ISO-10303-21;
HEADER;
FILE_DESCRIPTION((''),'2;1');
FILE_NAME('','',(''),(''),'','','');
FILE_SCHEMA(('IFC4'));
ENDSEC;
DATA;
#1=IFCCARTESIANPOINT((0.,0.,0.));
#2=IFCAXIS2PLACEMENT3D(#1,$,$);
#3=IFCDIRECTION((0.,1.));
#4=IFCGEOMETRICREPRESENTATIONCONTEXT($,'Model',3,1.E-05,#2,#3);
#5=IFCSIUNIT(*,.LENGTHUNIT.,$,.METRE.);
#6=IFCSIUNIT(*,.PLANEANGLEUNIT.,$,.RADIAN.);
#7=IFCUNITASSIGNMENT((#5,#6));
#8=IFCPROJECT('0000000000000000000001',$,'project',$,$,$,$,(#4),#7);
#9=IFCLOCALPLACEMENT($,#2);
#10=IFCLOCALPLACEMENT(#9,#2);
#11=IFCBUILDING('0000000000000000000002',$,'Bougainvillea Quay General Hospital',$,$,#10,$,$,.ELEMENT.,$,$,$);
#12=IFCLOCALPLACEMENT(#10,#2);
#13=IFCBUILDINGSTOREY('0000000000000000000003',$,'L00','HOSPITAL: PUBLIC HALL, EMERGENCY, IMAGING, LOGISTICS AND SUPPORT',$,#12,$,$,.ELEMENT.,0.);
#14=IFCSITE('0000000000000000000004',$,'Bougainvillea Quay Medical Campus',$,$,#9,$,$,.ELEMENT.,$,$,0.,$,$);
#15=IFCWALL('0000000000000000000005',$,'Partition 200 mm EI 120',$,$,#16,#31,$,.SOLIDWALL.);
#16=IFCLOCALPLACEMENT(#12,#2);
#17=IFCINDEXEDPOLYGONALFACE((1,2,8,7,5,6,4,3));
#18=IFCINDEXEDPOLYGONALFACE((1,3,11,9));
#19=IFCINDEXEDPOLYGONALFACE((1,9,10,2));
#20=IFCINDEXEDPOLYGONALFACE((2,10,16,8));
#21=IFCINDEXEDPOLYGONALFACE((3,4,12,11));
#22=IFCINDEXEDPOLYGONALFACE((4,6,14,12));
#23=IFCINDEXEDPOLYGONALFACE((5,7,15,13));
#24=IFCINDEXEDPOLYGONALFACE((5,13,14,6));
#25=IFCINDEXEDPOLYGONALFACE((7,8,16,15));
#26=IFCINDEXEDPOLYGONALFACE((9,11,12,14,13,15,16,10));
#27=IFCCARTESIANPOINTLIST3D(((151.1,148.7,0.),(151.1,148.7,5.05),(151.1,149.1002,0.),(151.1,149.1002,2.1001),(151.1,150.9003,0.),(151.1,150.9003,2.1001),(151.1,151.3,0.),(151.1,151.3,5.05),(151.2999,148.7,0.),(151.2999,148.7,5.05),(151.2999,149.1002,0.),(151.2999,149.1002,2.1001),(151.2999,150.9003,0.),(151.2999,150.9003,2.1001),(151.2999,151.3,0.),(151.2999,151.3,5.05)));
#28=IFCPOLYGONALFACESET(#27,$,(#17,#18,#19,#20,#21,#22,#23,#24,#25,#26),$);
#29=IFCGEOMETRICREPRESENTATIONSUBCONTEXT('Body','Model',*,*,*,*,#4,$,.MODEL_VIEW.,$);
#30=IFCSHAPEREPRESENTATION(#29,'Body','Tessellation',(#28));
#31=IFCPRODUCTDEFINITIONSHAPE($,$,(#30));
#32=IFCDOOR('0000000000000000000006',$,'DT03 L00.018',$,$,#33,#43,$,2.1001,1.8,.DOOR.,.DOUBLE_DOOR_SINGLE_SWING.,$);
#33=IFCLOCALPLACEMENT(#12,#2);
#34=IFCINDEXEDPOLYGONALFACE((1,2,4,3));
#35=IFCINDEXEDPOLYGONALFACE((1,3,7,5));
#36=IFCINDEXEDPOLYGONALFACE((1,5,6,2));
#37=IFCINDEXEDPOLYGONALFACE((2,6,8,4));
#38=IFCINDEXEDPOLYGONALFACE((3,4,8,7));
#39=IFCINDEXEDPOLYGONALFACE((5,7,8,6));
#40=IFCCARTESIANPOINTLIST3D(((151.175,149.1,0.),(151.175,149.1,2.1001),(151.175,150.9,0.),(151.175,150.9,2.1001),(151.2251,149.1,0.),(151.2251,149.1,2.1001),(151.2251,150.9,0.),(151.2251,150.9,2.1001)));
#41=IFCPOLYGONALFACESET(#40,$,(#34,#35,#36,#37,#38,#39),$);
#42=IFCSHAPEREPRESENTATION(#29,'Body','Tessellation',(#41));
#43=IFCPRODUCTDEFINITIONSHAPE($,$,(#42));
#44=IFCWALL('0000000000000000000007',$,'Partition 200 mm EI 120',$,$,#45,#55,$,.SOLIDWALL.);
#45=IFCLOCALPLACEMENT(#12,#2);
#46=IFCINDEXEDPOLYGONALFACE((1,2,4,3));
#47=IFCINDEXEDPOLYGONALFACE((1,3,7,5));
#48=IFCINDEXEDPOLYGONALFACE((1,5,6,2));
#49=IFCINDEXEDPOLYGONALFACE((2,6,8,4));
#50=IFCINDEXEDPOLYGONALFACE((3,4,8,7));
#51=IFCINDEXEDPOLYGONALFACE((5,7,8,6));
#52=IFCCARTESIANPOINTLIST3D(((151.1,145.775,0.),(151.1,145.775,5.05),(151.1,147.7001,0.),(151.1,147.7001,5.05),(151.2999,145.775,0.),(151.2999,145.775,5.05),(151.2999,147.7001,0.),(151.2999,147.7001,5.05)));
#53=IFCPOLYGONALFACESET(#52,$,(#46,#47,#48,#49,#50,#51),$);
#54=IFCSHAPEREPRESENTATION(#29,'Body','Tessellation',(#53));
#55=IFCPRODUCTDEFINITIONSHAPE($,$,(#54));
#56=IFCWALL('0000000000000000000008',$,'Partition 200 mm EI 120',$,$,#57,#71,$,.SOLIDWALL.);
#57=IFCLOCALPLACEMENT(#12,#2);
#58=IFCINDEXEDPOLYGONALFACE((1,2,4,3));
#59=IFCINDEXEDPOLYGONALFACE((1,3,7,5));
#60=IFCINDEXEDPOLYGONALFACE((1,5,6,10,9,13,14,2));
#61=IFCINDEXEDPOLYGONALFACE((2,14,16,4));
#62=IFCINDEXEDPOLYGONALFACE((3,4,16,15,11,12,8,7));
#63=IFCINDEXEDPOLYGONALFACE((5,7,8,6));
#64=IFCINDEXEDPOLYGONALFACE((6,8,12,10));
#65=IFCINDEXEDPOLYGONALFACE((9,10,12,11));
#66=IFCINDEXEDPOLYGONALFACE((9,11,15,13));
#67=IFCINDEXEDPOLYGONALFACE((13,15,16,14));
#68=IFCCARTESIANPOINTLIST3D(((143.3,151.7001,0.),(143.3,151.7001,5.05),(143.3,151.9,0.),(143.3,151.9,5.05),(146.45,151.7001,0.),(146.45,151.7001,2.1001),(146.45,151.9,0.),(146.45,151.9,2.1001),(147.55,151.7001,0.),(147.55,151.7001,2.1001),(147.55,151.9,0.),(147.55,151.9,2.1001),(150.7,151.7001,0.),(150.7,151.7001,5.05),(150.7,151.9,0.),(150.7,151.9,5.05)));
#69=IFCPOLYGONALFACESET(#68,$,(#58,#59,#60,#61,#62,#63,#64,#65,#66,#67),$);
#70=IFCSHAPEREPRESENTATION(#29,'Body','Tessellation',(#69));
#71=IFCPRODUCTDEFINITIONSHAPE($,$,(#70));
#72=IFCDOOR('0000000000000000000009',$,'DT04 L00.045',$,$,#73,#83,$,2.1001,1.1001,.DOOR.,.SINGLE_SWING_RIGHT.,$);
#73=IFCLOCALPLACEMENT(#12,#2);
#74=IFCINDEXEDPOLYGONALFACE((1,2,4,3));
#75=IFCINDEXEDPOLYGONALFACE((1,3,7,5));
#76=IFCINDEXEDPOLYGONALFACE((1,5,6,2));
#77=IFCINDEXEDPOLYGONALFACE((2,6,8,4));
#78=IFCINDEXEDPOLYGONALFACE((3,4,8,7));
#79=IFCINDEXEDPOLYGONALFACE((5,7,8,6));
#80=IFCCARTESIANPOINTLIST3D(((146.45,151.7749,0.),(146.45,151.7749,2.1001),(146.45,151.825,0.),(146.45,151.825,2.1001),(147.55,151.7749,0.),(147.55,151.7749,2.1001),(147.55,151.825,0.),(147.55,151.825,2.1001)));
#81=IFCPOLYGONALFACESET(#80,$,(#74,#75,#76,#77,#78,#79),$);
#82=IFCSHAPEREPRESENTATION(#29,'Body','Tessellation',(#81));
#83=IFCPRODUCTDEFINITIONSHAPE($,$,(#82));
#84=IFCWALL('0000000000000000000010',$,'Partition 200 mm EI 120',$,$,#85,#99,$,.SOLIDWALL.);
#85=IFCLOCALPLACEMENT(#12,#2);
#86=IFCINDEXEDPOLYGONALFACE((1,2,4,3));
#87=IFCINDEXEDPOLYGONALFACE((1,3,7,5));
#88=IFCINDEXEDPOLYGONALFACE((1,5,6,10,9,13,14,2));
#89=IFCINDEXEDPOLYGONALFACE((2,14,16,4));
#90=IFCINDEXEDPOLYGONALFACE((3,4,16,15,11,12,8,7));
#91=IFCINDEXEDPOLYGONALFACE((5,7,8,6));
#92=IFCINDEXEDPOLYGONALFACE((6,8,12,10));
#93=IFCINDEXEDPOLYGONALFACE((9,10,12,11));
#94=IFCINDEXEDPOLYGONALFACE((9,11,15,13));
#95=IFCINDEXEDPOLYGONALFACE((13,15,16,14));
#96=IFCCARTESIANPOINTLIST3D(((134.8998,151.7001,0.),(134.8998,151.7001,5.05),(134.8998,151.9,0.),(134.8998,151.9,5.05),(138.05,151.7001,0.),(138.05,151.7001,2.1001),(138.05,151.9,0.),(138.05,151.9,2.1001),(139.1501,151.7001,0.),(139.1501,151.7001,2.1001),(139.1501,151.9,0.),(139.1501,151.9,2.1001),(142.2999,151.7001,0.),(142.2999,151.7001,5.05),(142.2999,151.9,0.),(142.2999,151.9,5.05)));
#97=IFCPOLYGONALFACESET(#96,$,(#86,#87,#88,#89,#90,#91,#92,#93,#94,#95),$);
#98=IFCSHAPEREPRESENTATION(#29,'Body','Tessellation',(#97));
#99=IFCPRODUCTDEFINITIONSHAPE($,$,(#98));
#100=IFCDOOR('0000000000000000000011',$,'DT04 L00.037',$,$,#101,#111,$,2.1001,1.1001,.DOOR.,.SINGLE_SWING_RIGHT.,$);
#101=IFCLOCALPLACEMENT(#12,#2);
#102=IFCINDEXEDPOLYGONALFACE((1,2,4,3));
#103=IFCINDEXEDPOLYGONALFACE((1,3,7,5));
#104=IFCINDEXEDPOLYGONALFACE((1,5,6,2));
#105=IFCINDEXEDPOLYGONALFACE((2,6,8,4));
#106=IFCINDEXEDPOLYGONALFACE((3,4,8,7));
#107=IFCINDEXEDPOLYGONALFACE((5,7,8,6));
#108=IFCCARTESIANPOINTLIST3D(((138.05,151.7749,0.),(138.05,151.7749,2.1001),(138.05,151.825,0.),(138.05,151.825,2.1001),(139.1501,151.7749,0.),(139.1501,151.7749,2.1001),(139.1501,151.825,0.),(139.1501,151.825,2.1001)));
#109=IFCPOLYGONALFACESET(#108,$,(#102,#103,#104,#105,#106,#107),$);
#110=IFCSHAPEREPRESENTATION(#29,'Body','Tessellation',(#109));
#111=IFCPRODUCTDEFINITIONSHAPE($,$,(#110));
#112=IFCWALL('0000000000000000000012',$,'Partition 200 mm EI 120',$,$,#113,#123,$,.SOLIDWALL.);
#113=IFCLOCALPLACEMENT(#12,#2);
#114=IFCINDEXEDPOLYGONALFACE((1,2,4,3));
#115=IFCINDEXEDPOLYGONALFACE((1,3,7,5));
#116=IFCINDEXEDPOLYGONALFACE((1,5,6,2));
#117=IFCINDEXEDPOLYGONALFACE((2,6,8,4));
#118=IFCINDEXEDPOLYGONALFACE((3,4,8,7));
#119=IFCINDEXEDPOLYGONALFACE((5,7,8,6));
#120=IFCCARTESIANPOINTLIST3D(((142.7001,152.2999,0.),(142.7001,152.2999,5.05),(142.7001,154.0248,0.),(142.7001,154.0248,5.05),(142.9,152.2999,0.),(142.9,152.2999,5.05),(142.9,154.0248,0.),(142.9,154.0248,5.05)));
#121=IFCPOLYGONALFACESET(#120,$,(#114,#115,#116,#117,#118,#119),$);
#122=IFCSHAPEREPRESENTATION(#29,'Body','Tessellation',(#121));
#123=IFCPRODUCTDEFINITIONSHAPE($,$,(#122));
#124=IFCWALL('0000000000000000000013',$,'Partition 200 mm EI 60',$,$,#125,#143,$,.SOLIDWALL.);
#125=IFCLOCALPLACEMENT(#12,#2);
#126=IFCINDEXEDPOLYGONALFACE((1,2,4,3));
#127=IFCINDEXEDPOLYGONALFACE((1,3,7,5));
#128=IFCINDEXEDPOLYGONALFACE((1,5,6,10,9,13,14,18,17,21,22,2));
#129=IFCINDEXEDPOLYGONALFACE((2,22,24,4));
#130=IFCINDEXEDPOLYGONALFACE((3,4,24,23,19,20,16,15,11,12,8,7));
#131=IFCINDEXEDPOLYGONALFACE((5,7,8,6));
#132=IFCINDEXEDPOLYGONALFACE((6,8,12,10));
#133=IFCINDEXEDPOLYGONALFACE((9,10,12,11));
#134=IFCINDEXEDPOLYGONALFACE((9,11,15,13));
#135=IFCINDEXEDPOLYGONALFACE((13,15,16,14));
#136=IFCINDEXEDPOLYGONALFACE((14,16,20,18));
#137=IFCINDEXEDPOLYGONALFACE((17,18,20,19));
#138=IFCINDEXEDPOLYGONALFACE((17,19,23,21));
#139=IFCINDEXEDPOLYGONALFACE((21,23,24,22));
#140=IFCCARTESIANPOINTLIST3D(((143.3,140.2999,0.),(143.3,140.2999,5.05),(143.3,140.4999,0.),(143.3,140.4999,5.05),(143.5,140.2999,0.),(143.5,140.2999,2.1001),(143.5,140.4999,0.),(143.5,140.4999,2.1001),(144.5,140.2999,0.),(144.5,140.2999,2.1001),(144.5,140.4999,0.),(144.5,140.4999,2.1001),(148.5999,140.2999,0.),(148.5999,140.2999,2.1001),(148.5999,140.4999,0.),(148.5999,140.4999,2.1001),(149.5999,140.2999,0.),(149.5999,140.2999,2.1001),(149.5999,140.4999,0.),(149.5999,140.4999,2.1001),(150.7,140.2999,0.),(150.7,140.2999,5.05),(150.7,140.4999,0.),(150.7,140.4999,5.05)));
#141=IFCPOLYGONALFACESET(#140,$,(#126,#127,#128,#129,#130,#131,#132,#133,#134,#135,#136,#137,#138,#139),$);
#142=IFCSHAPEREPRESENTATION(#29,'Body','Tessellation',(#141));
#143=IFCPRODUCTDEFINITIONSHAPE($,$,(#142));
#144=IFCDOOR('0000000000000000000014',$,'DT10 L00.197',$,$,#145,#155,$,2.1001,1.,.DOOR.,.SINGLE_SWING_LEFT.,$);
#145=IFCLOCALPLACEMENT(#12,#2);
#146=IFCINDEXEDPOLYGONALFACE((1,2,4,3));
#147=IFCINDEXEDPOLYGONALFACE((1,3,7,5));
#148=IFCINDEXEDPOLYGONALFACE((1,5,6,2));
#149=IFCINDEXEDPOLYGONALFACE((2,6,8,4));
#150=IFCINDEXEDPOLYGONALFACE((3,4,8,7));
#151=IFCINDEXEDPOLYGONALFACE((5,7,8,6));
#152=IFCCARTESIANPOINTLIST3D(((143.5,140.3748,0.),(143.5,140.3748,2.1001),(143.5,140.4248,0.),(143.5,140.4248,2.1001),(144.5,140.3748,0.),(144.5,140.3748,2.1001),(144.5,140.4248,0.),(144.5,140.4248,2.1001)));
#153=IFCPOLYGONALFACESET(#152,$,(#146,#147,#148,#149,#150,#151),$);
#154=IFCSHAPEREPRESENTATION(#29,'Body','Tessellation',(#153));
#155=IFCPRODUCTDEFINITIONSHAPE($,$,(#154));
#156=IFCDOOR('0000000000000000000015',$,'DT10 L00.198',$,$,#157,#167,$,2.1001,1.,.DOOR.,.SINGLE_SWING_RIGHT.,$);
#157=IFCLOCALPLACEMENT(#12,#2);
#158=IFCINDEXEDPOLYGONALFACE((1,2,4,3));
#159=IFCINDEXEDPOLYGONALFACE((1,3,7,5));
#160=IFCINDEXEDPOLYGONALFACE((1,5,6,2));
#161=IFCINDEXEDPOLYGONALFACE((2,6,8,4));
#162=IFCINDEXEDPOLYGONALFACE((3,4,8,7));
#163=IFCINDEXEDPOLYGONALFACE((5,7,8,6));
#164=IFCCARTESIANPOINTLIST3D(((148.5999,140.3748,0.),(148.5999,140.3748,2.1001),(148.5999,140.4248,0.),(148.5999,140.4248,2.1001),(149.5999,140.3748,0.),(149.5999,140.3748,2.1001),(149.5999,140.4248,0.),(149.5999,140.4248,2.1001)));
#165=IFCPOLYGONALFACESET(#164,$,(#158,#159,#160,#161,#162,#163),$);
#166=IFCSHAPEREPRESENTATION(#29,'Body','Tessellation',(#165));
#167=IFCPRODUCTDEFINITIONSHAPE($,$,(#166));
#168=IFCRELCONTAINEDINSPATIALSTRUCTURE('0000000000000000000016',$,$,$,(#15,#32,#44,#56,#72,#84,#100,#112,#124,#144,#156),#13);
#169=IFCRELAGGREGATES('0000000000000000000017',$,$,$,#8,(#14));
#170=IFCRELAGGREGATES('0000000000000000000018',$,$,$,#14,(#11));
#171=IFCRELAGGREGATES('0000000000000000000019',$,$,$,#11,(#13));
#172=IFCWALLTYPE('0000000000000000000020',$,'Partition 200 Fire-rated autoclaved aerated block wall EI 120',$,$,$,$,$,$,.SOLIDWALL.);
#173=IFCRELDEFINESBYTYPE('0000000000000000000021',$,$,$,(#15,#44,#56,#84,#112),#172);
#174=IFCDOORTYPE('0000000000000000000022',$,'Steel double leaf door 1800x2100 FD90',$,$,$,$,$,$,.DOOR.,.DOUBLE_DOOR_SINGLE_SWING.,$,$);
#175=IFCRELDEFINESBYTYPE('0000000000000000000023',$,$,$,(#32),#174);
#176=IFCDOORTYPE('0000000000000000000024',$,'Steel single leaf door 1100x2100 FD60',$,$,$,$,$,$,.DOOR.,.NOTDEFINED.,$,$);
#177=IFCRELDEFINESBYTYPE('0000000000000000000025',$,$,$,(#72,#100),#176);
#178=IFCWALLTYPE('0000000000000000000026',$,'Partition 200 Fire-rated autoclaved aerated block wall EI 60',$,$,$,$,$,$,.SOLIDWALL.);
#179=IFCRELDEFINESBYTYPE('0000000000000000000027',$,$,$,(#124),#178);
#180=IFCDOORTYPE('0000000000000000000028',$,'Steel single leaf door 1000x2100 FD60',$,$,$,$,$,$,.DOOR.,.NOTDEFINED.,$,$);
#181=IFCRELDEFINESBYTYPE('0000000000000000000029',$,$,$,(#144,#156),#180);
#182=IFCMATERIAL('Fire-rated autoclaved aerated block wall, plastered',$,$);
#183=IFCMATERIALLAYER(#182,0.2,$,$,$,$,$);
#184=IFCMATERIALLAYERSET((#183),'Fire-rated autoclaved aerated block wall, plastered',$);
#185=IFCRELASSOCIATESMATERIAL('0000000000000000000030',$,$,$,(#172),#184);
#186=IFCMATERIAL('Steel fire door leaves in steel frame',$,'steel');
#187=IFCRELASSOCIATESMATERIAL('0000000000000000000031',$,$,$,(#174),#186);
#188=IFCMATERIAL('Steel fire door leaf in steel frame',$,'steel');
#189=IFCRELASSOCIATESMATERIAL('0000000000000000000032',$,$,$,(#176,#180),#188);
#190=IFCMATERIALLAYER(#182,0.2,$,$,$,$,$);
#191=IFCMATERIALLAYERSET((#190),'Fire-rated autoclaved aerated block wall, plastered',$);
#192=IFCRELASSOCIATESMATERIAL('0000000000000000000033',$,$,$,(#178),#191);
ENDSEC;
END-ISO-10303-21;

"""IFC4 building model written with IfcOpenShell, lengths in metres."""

from ifc_helpers import new_model, si_unit, direction, frame, frame_2d, origin, place, context, subcontext, project, spatial, rectangle, extrude, material, layer, layer_set, type_object, element, fill, save


model = new_model("IFC4")

# Units and contexts
model_context = context("Model", 3, precision=1e-05, world=origin(), true_north=direction((0.0, 1.0)))
body_context = subcontext(model_context, "Body", "Model", "MODEL_VIEW")
ifc_project = project(units=[si_unit("LENGTHUNIT", "METRE"), si_unit("PLANEANGLEUNIT", "RADIAN")], contexts=[model_context])

# Site, building, storey
site_placement = place(None, origin())
site = spatial("IfcSite", under=ifc_project, at=site_placement, Name="Bougainvillea Quay Medical Campus", CompositionType="ELEMENT", RefElevation=0.0)
building_placement = place(site_placement, origin())
building = spatial("IfcBuilding", under=site, at=building_placement, Name="Bougainvillea Quay General Hospital", CompositionType="ELEMENT")
storey_placement = place(building_placement, origin())
storey = spatial("IfcBuildingStorey", under=building, at=storey_placement, Name="L00", Description="HOSPITAL: PUBLIC HALL, EMERGENCY, IMAGING, LOGISTICS AND SUPPORT", CompositionType="ELEMENT", Elevation=0.0)

# Shared definitions
ifc_material_1 = material(Name="Fire-rated autoclaved aerated block wall, plastered")
ifc_layer_1 = layer(ifc_material_1, 0.2)
ifc_layer_set_1 = layer_set([ifc_layer_1], Name="Fire-rated autoclaved aerated block wall, plastered")
wall_type_1 = type_object("IfcWallType", Name="Partition 200 Fire-rated autoclaved aerated block wall EI 120", PredefinedType="SOLIDWALL", material=ifc_layer_set_1)

# Wall, opening, door
wall_1_placement = place(storey_placement, frame((151.2, 151.3, 0.0), z_axis=(0.0, 0.0, 1.0), x_axis=(0.0, -1.0, 0.0)))
wall_1 = element("IfcWall", 1, at=wall_1_placement, inside=storey, type_object=wall_type_1, Name="Partition 200 mm EI 120", PredefinedType="SOLIDWALL", context=body_context, shape_type="SweptSolid", body=[
    extrude(rectangle(XDim=2.6001, YDim=0.2, at=frame_2d((1.3, 0.0))), origin(), (0.0, 0.0, 1.0), 5.05),
])
opening_1_placement = place(wall_1_placement, frame((0.3999, 0.0, 0.0)))
opening_1 = element("IfcOpeningElement", 2, at=opening_1_placement, cuts=wall_1, PredefinedType="OPENING", context=body_context, shape_type="SweptSolid", body=[
    extrude(rectangle(XDim=1.8, YDim=2.1001, at=frame_2d((0.8999, 1.05))), frame((0.0, 0.1099, 0.0), z_axis=(0.0, -1.0, 0.0), x_axis=(1.0, 0.0, 0.0)), (0.0, 0.0, 1.0), 0.22),
])
ifc_material_2 = material(Name="Steel fire door leaves in steel frame", Category="steel")
door_type_1 = type_object("IfcDoorType", Name="Steel double leaf door 1800x2100 FD90", OperationType="DOUBLE_DOOR_SINGLE_SWING", PredefinedType="DOOR", material=ifc_material_2)
door_1_placement = place(opening_1_placement, frame((1.8, 0.0, 0.0), z_axis=(0.0, 0.0, 1.0), x_axis=(-1.0, 0.0, 0.0)))
door_1 = element("IfcDoor", 3, at=door_1_placement, inside=storey, type_object=door_type_1, Name="DT03 L00.018", OperationType="DOUBLE_DOOR_SINGLE_SWING", OverallHeight=2.1001, OverallWidth=1.8, PredefinedType="DOOR", context=body_context, shape_type="SweptSolid", body=[
    extrude(rectangle(XDim=1.8, YDim=2.1001, at=frame_2d((0.8999, 1.05))), frame((0.0, 0.0249, 0.0), z_axis=(0.0, -1.0, 0.0), x_axis=(1.0, 0.0, 0.0)), (0.0, 0.0, 1.0), 0.05),
])
fill(opening_1, door_1)

# Wall
wall_2_placement = place(storey_placement, frame((151.2, 147.7, 0.0), z_axis=(0.0, 0.0, 1.0), x_axis=(0.0, -1.0, 0.0)))
element("IfcWall", 4, at=wall_2_placement, inside=storey, type_object=wall_type_1, Name="Partition 200 mm EI 120", PredefinedType="SOLIDWALL", context=body_context, shape_type="SweptSolid", body=[
    extrude(rectangle(XDim=1.925, YDim=0.2, at=frame_2d((0.9624, 0.0))), origin(), (0.0, 0.0, 1.0), 5.05),
])

# Walls, openings, doors
wall_3_placement = place(storey_placement, frame((150.7, 151.8, 0.0), z_axis=(0.0, 0.0, 1.0), x_axis=(-1.0, 0.0, 0.0)))
wall_3 = element("IfcWall", 5, at=wall_3_placement, inside=storey, type_object=wall_type_1, Name="Partition 200 mm EI 120", PredefinedType="SOLIDWALL", context=body_context, shape_type="SweptSolid", body=[
    extrude(rectangle(XDim=7.3999, YDim=0.2, at=frame_2d((3.7, 0.0))), origin(), (0.0, 0.0, 1.0), 5.05),
])
opening_2_placement = place(wall_3_placement, frame((3.1499, 0.0, 0.0)))
opening_2 = element("IfcOpeningElement", 6, at=opening_2_placement, cuts=wall_3, PredefinedType="OPENING", context=body_context, shape_type="SweptSolid", body=[
    extrude(rectangle(XDim=1.1001, YDim=2.1001, at=frame_2d((0.55, 1.05))), frame((0.0, 0.1099, 0.0), z_axis=(0.0, -1.0, 0.0), x_axis=(1.0, 0.0, 0.0)), (0.0, 0.0, 1.0), 0.22),
])
ifc_material_3 = material(Name="Steel fire door leaf in steel frame", Category="steel")
door_type_2 = type_object("IfcDoorType", Name="Steel single leaf door 1100x2100 FD60", OperationType="NOTDEFINED", PredefinedType="DOOR", material=ifc_material_3)
door_2_placement = place(opening_2_placement, frame((1.1001, 0.0, 0.0), z_axis=(0.0, 0.0, 1.0), x_axis=(-1.0, 0.0, 0.0)))
door_2 = element("IfcDoor", 7, at=door_2_placement, inside=storey, type_object=door_type_2, Name="DT04 L00.045", OperationType="SINGLE_SWING_RIGHT", OverallHeight=2.1001, OverallWidth=1.1001, PredefinedType="DOOR", context=body_context, shape_type="SweptSolid", body=[
    extrude(rectangle(XDim=1.1001, YDim=2.1001, at=frame_2d((0.55, 1.05))), frame((0.0, 0.0249, 0.0), z_axis=(0.0, -1.0, 0.0), x_axis=(1.0, 0.0, 0.0)), (0.0, 0.0, 1.0), 0.05),
])
fill(opening_2, door_2)
wall_4_placement = place(storey_placement, frame((142.3, 151.8, 0.0), z_axis=(0.0, 0.0, 1.0), x_axis=(-1.0, 0.0, 0.0)))
wall_4 = element("IfcWall", 8, at=wall_4_placement, inside=storey, type_object=wall_type_1, Name="Partition 200 mm EI 120", PredefinedType="SOLIDWALL", context=body_context, shape_type="SweptSolid", body=[
    extrude(rectangle(XDim=7.4001, YDim=0.2, at=frame_2d((3.7002, 0.0))), origin(), (0.0, 0.0, 1.0), 5.05),
])
opening_3_placement = place(wall_4_placement, frame((3.1499, 0.0, 0.0)))
opening_3 = element("IfcOpeningElement", 9, at=opening_3_placement, cuts=wall_4, PredefinedType="OPENING", context=body_context, shape_type="SweptSolid", body=[
    extrude(rectangle(XDim=1.1001, YDim=2.1001, at=frame_2d((0.55, 1.05))), frame((0.0, 0.1099, 0.0), z_axis=(0.0, -1.0, 0.0), x_axis=(1.0, 0.0, 0.0)), (0.0, 0.0, 1.0), 0.22),
])
door_3_placement = place(opening_3_placement, frame((1.1001, 0.0, 0.0), z_axis=(0.0, 0.0, 1.0), x_axis=(-1.0, 0.0, 0.0)))
door_3 = element("IfcDoor", 10, at=door_3_placement, inside=storey, type_object=door_type_2, Name="DT04 L00.037", OperationType="SINGLE_SWING_RIGHT", OverallHeight=2.1001, OverallWidth=1.1001, PredefinedType="DOOR", context=body_context, shape_type="SweptSolid", body=[
    extrude(rectangle(XDim=1.1001, YDim=2.1001, at=frame_2d((0.55, 1.05))), frame((0.0, 0.0249, 0.0), z_axis=(0.0, -1.0, 0.0), x_axis=(1.0, 0.0, 0.0)), (0.0, 0.0, 1.0), 0.05),
])
fill(opening_3, door_3)

# Wall
wall_5_placement = place(storey_placement, frame((142.8, 152.3, 0.0), z_axis=(0.0, 0.0, 1.0), x_axis=(0.0, 1.0, 0.0)))
element("IfcWall", 11, at=wall_5_placement, inside=storey, type_object=wall_type_1, Name="Partition 200 mm EI 120", PredefinedType="SOLIDWALL", context=body_context, shape_type="SweptSolid", body=[
    extrude(rectangle(XDim=1.7249, YDim=0.2, at=frame_2d((0.8623, 0.0))), origin(), (0.0, 0.0, 1.0), 5.05),
])

# Wall, openings, doors
ifc_layer_2 = layer(ifc_material_1, 0.2)
ifc_layer_set_2 = layer_set([ifc_layer_2], Name="Fire-rated autoclaved aerated block wall, plastered")
wall_type_2 = type_object("IfcWallType", Name="Partition 200 Fire-rated autoclaved aerated block wall EI 60", PredefinedType="SOLIDWALL", material=ifc_layer_set_2)
wall_6_placement = place(storey_placement, frame((150.7, 140.3999, 0.0), z_axis=(0.0, 0.0, 1.0), x_axis=(-1.0, 0.0, 0.0)))
wall_6 = element("IfcWall", 12, at=wall_6_placement, inside=storey, type_object=wall_type_2, Name="Partition 200 mm EI 60", PredefinedType="SOLIDWALL", context=body_context, shape_type="SweptSolid", body=[
    extrude(rectangle(XDim=7.3999, YDim=0.2, at=frame_2d((3.7, 0.0))), origin(), (0.0, 0.0, 1.0), 5.05),
])
opening_4_placement = place(wall_6_placement, frame((6.2, 0.0, 0.0)))
opening_4 = element("IfcOpeningElement", 13, at=opening_4_placement, cuts=wall_6, PredefinedType="OPENING", context=body_context, shape_type="SweptSolid", body=[
    extrude(rectangle(XDim=1.0, YDim=2.1001, at=frame_2d((0.5, 1.05))), frame((0.0, 0.1099, 0.0), z_axis=(0.0, -1.0, 0.0), x_axis=(1.0, 0.0, 0.0)), (0.0, 0.0, 1.0), 0.22),
])
opening_5_placement = place(wall_6_placement, frame((1.1001, 0.0, 0.0)))
opening_5 = element("IfcOpeningElement", 14, at=opening_5_placement, cuts=wall_6, PredefinedType="OPENING", context=body_context, shape_type="SweptSolid", body=[
    extrude(rectangle(XDim=1.0, YDim=2.1001, at=frame_2d((0.5, 1.05))), frame((0.0, 0.1099, 0.0), z_axis=(0.0, -1.0, 0.0), x_axis=(1.0, 0.0, 0.0)), (0.0, 0.0, 1.0), 0.22),
])
door_type_3 = type_object("IfcDoorType", Name="Steel single leaf door 1000x2100 FD60", OperationType="NOTDEFINED", PredefinedType="DOOR", material=ifc_material_3)
door_4_placement = place(opening_4_placement, frame((1.0, 0.0, 0.0), z_axis=(0.0, 0.0, 1.0), x_axis=(-1.0, 0.0, 0.0)))
door_4 = element("IfcDoor", 15, at=door_4_placement, inside=storey, type_object=door_type_3, Name="DT10 L00.197", OperationType="SINGLE_SWING_LEFT", OverallHeight=2.1001, OverallWidth=1.0, PredefinedType="DOOR", context=body_context, shape_type="SweptSolid", body=[
    extrude(rectangle(XDim=1.0, YDim=2.1001, at=frame_2d((0.5, 1.05))), frame((0.0, 0.0249, 0.0), z_axis=(0.0, -1.0, 0.0), x_axis=(1.0, 0.0, 0.0)), (0.0, 0.0, 1.0), 0.05),
])
fill(opening_4, door_4)
door_5_placement = place(opening_5_placement, frame((1.0, 0.0, 0.0), z_axis=(0.0, 0.0, 1.0), x_axis=(-1.0, 0.0, 0.0)))
door_5 = element("IfcDoor", 16, at=door_5_placement, inside=storey, type_object=door_type_3, Name="DT10 L00.198", OperationType="SINGLE_SWING_RIGHT", OverallHeight=2.1001, OverallWidth=1.0, PredefinedType="DOOR", context=body_context, shape_type="SweptSolid", body=[
    extrude(rectangle(XDim=1.0, YDim=2.1001, at=frame_2d((0.5, 1.05))), frame((0.0, 0.0249, 0.0), z_axis=(0.0, -1.0, 0.0), x_axis=(1.0, 0.0, 0.0)), (0.0, 0.0, 1.0), 0.05),
])
fill(opening_5, door_5)

save(model, "model.ifc")
